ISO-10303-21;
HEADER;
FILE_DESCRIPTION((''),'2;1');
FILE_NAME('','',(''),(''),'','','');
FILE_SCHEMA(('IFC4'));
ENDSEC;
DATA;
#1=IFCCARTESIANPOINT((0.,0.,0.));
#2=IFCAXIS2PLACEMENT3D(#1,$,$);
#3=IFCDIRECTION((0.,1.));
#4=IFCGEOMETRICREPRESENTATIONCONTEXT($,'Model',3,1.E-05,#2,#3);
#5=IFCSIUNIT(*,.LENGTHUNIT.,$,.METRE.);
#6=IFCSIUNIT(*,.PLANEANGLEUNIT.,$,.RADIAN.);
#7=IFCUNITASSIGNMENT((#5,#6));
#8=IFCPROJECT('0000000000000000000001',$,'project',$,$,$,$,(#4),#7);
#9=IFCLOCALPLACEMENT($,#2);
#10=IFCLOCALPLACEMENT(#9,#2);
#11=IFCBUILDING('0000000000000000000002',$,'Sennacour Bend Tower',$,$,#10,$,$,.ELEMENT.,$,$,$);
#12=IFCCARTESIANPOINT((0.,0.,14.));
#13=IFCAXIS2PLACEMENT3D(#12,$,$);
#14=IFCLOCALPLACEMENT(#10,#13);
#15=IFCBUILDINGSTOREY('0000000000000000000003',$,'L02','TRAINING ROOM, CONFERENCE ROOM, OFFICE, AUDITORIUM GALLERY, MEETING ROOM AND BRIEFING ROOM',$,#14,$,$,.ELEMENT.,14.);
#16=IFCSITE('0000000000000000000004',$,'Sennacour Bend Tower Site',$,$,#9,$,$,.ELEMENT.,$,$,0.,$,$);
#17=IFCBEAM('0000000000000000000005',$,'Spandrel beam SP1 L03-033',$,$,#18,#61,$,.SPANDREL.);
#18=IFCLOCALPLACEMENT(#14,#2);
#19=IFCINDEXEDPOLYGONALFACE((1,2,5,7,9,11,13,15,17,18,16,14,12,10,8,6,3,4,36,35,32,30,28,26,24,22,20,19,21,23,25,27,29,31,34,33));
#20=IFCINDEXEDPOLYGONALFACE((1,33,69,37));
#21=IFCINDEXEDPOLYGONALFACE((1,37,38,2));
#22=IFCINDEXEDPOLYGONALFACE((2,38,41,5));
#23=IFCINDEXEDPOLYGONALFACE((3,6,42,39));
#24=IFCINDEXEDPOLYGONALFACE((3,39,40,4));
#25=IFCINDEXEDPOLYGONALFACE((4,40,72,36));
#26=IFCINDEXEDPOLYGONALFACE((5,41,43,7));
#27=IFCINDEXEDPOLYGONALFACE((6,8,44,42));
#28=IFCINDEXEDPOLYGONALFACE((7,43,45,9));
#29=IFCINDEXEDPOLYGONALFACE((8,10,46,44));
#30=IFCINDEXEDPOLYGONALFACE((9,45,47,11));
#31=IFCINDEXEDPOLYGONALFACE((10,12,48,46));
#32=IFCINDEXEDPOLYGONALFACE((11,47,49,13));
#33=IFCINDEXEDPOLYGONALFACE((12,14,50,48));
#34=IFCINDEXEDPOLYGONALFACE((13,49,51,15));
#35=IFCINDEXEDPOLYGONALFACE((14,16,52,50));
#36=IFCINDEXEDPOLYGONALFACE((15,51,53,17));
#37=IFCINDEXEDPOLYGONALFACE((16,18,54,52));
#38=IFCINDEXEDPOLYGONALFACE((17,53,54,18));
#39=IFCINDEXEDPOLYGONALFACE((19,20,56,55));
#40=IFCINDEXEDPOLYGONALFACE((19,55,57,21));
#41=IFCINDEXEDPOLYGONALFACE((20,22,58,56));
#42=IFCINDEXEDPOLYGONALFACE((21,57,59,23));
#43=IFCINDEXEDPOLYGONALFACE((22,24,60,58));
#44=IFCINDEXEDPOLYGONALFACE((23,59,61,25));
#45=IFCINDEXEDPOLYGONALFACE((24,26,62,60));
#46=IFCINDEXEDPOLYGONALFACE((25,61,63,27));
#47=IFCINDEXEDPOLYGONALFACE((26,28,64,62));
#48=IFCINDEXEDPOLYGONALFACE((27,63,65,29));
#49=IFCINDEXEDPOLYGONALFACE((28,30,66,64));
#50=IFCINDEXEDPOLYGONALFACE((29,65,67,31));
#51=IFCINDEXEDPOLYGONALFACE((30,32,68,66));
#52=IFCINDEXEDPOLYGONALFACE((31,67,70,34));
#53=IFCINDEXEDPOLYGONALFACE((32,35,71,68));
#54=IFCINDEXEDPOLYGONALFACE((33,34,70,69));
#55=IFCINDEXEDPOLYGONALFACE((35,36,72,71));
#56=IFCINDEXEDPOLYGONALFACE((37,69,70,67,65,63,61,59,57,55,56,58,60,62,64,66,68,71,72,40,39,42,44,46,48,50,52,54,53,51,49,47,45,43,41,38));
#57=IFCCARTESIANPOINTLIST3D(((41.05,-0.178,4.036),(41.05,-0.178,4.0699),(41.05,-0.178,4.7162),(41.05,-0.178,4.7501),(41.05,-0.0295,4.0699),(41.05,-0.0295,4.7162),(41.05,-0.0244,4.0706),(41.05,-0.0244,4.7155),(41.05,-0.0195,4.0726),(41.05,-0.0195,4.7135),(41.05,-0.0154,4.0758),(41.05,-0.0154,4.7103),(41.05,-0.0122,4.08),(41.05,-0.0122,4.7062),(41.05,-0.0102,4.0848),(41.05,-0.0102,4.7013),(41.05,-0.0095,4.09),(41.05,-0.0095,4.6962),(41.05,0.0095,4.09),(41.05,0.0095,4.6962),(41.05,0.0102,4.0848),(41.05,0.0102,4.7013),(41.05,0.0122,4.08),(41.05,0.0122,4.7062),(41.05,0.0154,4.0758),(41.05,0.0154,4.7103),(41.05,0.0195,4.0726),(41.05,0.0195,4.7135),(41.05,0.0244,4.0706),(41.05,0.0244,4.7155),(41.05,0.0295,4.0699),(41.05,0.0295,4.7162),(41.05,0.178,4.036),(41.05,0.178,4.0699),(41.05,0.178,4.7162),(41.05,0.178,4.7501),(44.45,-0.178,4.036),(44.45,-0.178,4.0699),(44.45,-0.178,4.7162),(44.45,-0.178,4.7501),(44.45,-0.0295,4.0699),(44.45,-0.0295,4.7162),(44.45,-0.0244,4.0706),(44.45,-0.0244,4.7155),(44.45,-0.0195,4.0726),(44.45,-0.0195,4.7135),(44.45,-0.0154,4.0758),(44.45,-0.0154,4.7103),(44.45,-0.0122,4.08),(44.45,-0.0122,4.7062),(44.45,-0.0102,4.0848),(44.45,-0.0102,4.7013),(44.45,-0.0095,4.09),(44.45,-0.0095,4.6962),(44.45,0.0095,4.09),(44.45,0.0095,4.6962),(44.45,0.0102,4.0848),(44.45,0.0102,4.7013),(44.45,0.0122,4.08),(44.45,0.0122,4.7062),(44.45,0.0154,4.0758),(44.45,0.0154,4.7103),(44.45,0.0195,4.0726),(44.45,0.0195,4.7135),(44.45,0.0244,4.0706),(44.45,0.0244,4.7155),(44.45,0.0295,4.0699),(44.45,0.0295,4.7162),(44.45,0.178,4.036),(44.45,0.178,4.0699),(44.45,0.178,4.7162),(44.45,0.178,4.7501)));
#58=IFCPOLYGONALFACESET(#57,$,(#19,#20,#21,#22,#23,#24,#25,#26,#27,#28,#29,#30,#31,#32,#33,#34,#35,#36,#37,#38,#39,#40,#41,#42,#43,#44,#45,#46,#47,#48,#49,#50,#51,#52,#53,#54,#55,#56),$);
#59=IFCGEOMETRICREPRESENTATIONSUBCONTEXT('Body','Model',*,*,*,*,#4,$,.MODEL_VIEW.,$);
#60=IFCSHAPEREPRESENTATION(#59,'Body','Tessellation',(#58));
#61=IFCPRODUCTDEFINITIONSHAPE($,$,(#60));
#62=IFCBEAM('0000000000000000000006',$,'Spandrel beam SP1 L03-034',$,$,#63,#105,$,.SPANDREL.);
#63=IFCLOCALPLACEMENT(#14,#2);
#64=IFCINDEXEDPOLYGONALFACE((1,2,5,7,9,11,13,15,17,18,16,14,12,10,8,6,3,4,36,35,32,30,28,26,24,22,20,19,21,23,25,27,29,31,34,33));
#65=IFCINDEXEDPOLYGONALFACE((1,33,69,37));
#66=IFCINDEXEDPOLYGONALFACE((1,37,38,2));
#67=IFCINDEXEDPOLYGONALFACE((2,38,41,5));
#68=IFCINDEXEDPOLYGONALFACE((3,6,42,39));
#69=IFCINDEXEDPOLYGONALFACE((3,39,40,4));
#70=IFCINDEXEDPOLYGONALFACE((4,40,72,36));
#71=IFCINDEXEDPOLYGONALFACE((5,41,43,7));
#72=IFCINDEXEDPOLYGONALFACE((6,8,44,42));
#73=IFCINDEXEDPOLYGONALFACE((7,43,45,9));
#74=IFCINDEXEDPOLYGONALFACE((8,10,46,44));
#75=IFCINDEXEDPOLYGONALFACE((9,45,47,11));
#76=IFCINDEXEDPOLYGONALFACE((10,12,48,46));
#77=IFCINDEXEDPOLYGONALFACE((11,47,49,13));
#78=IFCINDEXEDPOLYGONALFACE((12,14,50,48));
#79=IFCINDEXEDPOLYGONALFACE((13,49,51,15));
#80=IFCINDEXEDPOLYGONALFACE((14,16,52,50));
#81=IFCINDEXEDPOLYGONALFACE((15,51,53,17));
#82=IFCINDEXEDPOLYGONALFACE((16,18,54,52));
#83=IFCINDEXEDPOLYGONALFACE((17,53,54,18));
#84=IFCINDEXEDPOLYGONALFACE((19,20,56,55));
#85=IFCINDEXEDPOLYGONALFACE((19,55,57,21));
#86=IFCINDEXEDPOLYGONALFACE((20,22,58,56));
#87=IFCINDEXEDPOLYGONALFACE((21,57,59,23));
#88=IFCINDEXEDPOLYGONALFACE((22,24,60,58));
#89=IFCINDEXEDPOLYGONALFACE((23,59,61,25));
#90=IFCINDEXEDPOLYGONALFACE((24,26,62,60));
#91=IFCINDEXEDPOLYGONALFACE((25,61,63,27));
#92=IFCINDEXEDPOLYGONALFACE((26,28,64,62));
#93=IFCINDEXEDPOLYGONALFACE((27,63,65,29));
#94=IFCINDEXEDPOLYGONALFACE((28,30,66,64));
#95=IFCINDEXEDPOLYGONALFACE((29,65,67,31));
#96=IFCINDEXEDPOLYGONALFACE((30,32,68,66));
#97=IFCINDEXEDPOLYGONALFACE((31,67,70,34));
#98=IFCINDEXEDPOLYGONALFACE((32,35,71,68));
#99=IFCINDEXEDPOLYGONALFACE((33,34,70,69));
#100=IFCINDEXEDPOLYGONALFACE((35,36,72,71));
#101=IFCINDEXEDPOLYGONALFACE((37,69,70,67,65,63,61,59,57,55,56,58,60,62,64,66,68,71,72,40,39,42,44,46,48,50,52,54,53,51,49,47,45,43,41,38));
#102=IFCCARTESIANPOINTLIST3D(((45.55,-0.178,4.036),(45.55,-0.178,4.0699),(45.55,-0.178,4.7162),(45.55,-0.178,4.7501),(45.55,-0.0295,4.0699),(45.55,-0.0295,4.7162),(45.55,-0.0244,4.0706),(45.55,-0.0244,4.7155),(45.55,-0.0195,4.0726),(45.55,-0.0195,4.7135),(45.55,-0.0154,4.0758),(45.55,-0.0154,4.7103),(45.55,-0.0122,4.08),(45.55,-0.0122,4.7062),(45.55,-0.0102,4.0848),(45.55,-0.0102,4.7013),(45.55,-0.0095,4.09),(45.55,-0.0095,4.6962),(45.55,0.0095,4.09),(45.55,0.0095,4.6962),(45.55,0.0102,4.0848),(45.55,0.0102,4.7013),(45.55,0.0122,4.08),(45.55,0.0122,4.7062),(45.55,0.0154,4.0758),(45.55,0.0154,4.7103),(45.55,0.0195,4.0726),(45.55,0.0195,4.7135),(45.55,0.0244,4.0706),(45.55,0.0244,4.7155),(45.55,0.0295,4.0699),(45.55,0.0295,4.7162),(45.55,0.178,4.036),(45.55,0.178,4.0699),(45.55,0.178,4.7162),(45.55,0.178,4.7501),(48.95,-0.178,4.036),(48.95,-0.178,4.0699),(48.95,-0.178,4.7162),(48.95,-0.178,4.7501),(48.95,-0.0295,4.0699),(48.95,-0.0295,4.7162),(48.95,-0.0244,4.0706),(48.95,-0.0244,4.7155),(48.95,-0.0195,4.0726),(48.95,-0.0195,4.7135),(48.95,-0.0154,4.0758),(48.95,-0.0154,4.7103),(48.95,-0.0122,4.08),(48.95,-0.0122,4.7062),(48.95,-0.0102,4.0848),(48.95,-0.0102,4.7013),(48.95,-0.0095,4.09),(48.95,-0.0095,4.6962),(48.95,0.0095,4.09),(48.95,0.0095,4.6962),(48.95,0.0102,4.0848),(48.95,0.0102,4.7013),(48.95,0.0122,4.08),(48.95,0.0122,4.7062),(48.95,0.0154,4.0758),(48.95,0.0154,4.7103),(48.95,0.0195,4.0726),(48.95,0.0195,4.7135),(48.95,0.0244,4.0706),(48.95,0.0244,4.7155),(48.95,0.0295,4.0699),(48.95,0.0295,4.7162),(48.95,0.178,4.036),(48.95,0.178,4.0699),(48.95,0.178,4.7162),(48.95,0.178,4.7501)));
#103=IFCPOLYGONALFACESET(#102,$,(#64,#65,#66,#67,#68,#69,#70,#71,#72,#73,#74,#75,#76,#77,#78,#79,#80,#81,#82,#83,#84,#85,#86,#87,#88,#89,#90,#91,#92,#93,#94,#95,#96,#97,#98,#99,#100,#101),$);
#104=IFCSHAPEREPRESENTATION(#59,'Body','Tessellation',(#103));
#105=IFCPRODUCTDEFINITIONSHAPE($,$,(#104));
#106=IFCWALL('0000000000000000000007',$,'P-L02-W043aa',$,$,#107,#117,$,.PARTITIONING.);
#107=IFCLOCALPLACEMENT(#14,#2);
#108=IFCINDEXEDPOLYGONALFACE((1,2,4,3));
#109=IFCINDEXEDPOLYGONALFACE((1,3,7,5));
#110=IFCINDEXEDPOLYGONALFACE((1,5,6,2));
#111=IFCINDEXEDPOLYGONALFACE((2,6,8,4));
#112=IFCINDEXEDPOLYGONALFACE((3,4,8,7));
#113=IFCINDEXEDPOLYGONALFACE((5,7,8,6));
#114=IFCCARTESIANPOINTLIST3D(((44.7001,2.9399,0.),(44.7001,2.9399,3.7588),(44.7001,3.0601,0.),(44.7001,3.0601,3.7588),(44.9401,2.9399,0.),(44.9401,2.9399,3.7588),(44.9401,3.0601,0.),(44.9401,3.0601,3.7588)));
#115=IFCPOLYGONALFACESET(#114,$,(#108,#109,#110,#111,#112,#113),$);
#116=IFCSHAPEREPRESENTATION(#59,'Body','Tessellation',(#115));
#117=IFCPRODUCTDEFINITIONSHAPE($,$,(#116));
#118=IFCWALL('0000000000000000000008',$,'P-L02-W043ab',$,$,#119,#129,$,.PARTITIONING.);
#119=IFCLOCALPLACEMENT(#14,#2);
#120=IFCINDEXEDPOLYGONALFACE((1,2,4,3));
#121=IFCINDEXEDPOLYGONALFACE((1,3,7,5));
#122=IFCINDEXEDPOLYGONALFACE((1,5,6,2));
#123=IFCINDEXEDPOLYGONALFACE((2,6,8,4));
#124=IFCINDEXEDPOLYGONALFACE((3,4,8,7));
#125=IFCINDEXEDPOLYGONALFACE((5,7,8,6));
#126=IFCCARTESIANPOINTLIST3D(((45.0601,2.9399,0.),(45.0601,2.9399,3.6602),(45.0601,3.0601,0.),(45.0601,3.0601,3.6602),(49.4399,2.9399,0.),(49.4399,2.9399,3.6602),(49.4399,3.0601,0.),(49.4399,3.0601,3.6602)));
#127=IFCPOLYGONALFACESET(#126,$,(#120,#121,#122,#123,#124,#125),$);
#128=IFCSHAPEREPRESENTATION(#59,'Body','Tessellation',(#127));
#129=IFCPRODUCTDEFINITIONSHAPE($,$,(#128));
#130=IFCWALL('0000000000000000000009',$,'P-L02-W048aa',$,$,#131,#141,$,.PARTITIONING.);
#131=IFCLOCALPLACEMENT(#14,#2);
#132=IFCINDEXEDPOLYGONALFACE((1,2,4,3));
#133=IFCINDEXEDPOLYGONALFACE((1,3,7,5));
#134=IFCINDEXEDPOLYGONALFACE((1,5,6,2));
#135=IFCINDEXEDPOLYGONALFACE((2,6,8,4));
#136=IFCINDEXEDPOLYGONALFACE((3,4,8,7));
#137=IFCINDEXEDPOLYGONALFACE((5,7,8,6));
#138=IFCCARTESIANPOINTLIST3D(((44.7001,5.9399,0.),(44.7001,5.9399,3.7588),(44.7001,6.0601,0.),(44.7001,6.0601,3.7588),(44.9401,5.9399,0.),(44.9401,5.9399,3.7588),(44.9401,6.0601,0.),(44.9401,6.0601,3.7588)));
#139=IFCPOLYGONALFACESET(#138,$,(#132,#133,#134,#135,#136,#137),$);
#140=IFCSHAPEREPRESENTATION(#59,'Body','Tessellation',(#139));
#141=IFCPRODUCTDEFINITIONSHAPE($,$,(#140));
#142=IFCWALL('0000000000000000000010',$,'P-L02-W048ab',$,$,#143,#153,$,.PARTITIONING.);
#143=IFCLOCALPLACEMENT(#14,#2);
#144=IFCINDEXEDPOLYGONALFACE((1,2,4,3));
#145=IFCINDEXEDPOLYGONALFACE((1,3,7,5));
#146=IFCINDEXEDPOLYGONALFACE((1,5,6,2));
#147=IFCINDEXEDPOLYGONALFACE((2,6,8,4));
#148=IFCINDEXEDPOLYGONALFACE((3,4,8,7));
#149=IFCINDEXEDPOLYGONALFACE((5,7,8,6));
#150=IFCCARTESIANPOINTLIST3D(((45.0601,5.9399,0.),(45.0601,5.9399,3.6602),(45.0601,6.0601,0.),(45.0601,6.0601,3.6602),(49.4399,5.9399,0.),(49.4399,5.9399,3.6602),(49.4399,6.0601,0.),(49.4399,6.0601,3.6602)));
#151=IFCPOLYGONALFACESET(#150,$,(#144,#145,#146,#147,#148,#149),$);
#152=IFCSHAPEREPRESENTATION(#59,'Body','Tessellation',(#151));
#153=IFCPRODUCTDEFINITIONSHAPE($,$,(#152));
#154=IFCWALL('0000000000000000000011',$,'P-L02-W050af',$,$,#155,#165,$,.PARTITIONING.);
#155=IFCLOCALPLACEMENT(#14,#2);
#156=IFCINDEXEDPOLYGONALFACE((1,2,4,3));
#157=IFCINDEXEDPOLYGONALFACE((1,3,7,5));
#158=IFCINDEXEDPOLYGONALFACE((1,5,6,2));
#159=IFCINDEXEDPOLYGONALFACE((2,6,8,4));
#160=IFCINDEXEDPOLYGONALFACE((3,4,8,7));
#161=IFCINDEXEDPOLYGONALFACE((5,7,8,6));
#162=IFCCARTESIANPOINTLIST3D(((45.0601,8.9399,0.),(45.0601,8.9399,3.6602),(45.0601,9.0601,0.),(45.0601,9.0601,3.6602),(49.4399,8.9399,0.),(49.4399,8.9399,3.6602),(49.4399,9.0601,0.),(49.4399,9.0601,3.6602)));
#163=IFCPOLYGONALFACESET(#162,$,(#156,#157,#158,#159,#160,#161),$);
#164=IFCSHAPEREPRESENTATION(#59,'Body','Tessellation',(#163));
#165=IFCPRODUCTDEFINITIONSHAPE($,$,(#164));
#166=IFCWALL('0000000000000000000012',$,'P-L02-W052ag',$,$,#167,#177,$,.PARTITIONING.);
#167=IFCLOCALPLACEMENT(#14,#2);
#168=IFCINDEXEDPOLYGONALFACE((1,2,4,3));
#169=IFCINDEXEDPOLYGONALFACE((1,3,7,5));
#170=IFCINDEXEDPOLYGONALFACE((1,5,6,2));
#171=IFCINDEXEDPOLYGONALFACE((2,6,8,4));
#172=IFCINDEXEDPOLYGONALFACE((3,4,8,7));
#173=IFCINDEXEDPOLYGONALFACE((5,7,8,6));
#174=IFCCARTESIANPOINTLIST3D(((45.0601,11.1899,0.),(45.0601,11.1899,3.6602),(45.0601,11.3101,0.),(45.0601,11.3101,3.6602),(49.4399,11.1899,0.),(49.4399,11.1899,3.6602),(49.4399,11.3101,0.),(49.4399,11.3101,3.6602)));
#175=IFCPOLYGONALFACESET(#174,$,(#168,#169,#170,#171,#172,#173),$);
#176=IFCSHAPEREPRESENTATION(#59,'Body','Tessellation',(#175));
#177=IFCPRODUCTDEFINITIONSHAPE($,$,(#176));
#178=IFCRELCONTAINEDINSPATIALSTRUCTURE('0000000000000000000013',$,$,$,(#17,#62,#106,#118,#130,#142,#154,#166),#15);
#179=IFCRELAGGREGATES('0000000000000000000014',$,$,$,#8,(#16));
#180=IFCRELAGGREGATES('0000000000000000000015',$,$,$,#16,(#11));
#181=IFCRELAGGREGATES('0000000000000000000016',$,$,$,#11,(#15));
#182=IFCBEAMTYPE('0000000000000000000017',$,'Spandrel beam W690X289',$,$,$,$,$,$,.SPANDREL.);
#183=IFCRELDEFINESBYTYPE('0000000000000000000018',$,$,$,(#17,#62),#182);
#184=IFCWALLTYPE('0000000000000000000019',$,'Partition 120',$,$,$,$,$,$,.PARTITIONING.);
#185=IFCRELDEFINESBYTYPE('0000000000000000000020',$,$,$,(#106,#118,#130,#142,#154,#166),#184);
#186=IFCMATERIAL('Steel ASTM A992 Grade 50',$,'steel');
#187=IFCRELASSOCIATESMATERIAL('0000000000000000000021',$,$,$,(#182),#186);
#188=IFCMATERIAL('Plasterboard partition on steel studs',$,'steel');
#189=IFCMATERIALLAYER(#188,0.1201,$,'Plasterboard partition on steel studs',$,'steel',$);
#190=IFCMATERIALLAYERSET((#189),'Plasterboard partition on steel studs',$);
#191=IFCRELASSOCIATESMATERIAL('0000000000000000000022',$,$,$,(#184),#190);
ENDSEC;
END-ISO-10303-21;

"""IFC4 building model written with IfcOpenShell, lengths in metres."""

from ifc_helpers import new_model, si_unit, direction, frame, frame_2d, origin, origin_2d, place, context, subcontext, project, spatial, rectangle, i_section, extrude, material, layer, layer_set, material_profile, profile_set, type_object, element, save


model = new_model("IFC4")

# Units and contexts
model_context = context("Model", 3, precision=1e-05, world=origin(), true_north=direction((0.0, 1.0)))
body_context = subcontext(model_context, "Body", "Model", "MODEL_VIEW")
ifc_project = project(units=[si_unit("LENGTHUNIT", "METRE"), si_unit("PLANEANGLEUNIT", "RADIAN")], contexts=[model_context])

# Site, building, storey
site_placement = place(None, origin())
site = spatial("IfcSite", under=ifc_project, at=site_placement, Name="Sennacour Bend Tower Site", CompositionType="ELEMENT", RefElevation=0.0)
building_placement = place(site_placement, origin())
building = spatial("IfcBuilding", under=site, at=building_placement, Name="Sennacour Bend Tower", CompositionType="ELEMENT")
storey_placement = place(building_placement, frame((0.0, 0.0, 14.0)))
storey = spatial("IfcBuildingStorey", under=building, at=storey_placement, Name="L02", Description="TRAINING ROOM, CONFERENCE ROOM, OFFICE, AUDITORIUM GALLERY, MEETING ROOM AND BRIEFING ROOM", CompositionType="ELEMENT", Elevation=14.0)

# Beams
ifc_material_1 = material(Name="Steel ASTM A992 Grade 50", Category="steel")
ifc_material_profile_1 = material_profile(ifc_material_1, i_section(OverallWidth=0.356, OverallDepth=0.7141, WebThickness=0.019, FlangeThickness=0.0339, FilletRadius=0.02, at=origin_2d()), Name="Steel ASTM A992 Grade 50", Category="steel")
ifc_profile_set_1 = profile_set([ifc_material_profile_1], Name="Steel ASTM A992 Grade 50")
beam_type_1 = type_object("IfcBeamType", Name="Spandrel beam W690X289", PredefinedType="SPANDREL", material=ifc_profile_set_1)
for number, where, z_axis, x_axis, name in (
    (1, (41.05, 0.0, 4.3931), (1.0, 0.0, 0.0), (0.0, 1.0, 0.0), "Spandrel beam SP1 L03-033"),
    (2, (45.55, 0.0, 4.3931), (1.0, 0.0, 0.0), (0.0, 1.0, 0.0), "Spandrel beam SP1 L03-034"),
):
    element("IfcBeam", number, at=place(storey_placement, frame(where, z_axis=z_axis, x_axis=x_axis)), inside=storey, type_object=beam_type_1, Name=name, PredefinedType="SPANDREL", context=body_context, shape_type="SweptSolid", body=[
        extrude(i_section(OverallWidth=0.356, OverallDepth=0.7141, WebThickness=0.019, FlangeThickness=0.0339, FilletRadius=0.02, at=origin_2d()), origin(), (0.0, 0.0, 1.0), 3.3999),
    ])

# Walls
ifc_material_2 = material(Name="Plasterboard partition on steel studs", Category="steel")
ifc_layer_1 = layer(ifc_material_2, 0.1201, Name="Plasterboard partition on steel studs", Category="steel")
ifc_layer_set_1 = layer_set([ifc_layer_1], Name="Plasterboard partition on steel studs")
wall_type_1 = type_object("IfcWallType", Name="Partition 120", PredefinedType="PARTITIONING", material=ifc_layer_set_1)
wall_1_placement = place(storey_placement, frame((44.7, 3.0, 0.0), z_axis=(0.0, 0.0, 1.0), x_axis=(1.0, 0.0, 0.0)))
element("IfcWall", 3, at=wall_1_placement, inside=storey, type_object=wall_type_1, Name="P-L02-W043aa", PredefinedType="PARTITIONING", context=body_context, shape_type="SweptSolid", body=[
    extrude(rectangle(XDim=0.24, YDim=0.1201, at=frame_2d((0.1201, 0.0))), origin(), (0.0, 0.0, 1.0), 3.7588),
])
wall_2_placement = place(storey_placement, frame((45.0601, 3.0, 0.0), z_axis=(0.0, 0.0, 1.0), x_axis=(1.0, 0.0, 0.0)))
element("IfcWall", 4, at=wall_2_placement, inside=storey, type_object=wall_type_1, Name="P-L02-W043ab", PredefinedType="PARTITIONING", context=body_context, shape_type="SweptSolid", body=[
    extrude(rectangle(XDim=4.3799, YDim=0.1201, at=frame_2d((2.1899, 0.0))), origin(), (0.0, 0.0, 1.0), 3.6602),
])
wall_3_placement = place(storey_placement, frame((44.7, 6.0, 0.0), z_axis=(0.0, 0.0, 1.0), x_axis=(1.0, 0.0, 0.0)))
element("IfcWall", 5, at=wall_3_placement, inside=storey, type_object=wall_type_1, Name="P-L02-W048aa", PredefinedType="PARTITIONING", context=body_context, shape_type="SweptSolid", body=[
    extrude(rectangle(XDim=0.24, YDim=0.1201, at=frame_2d((0.1201, 0.0))), origin(), (0.0, 0.0, 1.0), 3.7588),
])
for number, where, z_axis, x_axis, name in (
    (6, (45.0601, 6.0, 0.0), (0.0, 0.0, 1.0), (1.0, 0.0, 0.0), "P-L02-W048ab"),
    (7, (45.0601, 9.0, 0.0), (0.0, 0.0, 1.0), (1.0, 0.0, 0.0), "P-L02-W050af"),
    (8, (45.0601, 11.25, 0.0), (0.0, 0.0, 1.0), (1.0, 0.0, 0.0), "P-L02-W052ag"),
):
    element("IfcWall", number, at=place(storey_placement, frame(where, z_axis=z_axis, x_axis=x_axis)), inside=storey, type_object=wall_type_1, Name=name, PredefinedType="PARTITIONING", context=body_context, shape_type="SweptSolid", body=[
        extrude(rectangle(XDim=4.3799, YDim=0.1201, at=frame_2d((2.1899, 0.0))), origin(), (0.0, 0.0, 1.0), 3.6602),
    ])

save(model, "model.ifc")
